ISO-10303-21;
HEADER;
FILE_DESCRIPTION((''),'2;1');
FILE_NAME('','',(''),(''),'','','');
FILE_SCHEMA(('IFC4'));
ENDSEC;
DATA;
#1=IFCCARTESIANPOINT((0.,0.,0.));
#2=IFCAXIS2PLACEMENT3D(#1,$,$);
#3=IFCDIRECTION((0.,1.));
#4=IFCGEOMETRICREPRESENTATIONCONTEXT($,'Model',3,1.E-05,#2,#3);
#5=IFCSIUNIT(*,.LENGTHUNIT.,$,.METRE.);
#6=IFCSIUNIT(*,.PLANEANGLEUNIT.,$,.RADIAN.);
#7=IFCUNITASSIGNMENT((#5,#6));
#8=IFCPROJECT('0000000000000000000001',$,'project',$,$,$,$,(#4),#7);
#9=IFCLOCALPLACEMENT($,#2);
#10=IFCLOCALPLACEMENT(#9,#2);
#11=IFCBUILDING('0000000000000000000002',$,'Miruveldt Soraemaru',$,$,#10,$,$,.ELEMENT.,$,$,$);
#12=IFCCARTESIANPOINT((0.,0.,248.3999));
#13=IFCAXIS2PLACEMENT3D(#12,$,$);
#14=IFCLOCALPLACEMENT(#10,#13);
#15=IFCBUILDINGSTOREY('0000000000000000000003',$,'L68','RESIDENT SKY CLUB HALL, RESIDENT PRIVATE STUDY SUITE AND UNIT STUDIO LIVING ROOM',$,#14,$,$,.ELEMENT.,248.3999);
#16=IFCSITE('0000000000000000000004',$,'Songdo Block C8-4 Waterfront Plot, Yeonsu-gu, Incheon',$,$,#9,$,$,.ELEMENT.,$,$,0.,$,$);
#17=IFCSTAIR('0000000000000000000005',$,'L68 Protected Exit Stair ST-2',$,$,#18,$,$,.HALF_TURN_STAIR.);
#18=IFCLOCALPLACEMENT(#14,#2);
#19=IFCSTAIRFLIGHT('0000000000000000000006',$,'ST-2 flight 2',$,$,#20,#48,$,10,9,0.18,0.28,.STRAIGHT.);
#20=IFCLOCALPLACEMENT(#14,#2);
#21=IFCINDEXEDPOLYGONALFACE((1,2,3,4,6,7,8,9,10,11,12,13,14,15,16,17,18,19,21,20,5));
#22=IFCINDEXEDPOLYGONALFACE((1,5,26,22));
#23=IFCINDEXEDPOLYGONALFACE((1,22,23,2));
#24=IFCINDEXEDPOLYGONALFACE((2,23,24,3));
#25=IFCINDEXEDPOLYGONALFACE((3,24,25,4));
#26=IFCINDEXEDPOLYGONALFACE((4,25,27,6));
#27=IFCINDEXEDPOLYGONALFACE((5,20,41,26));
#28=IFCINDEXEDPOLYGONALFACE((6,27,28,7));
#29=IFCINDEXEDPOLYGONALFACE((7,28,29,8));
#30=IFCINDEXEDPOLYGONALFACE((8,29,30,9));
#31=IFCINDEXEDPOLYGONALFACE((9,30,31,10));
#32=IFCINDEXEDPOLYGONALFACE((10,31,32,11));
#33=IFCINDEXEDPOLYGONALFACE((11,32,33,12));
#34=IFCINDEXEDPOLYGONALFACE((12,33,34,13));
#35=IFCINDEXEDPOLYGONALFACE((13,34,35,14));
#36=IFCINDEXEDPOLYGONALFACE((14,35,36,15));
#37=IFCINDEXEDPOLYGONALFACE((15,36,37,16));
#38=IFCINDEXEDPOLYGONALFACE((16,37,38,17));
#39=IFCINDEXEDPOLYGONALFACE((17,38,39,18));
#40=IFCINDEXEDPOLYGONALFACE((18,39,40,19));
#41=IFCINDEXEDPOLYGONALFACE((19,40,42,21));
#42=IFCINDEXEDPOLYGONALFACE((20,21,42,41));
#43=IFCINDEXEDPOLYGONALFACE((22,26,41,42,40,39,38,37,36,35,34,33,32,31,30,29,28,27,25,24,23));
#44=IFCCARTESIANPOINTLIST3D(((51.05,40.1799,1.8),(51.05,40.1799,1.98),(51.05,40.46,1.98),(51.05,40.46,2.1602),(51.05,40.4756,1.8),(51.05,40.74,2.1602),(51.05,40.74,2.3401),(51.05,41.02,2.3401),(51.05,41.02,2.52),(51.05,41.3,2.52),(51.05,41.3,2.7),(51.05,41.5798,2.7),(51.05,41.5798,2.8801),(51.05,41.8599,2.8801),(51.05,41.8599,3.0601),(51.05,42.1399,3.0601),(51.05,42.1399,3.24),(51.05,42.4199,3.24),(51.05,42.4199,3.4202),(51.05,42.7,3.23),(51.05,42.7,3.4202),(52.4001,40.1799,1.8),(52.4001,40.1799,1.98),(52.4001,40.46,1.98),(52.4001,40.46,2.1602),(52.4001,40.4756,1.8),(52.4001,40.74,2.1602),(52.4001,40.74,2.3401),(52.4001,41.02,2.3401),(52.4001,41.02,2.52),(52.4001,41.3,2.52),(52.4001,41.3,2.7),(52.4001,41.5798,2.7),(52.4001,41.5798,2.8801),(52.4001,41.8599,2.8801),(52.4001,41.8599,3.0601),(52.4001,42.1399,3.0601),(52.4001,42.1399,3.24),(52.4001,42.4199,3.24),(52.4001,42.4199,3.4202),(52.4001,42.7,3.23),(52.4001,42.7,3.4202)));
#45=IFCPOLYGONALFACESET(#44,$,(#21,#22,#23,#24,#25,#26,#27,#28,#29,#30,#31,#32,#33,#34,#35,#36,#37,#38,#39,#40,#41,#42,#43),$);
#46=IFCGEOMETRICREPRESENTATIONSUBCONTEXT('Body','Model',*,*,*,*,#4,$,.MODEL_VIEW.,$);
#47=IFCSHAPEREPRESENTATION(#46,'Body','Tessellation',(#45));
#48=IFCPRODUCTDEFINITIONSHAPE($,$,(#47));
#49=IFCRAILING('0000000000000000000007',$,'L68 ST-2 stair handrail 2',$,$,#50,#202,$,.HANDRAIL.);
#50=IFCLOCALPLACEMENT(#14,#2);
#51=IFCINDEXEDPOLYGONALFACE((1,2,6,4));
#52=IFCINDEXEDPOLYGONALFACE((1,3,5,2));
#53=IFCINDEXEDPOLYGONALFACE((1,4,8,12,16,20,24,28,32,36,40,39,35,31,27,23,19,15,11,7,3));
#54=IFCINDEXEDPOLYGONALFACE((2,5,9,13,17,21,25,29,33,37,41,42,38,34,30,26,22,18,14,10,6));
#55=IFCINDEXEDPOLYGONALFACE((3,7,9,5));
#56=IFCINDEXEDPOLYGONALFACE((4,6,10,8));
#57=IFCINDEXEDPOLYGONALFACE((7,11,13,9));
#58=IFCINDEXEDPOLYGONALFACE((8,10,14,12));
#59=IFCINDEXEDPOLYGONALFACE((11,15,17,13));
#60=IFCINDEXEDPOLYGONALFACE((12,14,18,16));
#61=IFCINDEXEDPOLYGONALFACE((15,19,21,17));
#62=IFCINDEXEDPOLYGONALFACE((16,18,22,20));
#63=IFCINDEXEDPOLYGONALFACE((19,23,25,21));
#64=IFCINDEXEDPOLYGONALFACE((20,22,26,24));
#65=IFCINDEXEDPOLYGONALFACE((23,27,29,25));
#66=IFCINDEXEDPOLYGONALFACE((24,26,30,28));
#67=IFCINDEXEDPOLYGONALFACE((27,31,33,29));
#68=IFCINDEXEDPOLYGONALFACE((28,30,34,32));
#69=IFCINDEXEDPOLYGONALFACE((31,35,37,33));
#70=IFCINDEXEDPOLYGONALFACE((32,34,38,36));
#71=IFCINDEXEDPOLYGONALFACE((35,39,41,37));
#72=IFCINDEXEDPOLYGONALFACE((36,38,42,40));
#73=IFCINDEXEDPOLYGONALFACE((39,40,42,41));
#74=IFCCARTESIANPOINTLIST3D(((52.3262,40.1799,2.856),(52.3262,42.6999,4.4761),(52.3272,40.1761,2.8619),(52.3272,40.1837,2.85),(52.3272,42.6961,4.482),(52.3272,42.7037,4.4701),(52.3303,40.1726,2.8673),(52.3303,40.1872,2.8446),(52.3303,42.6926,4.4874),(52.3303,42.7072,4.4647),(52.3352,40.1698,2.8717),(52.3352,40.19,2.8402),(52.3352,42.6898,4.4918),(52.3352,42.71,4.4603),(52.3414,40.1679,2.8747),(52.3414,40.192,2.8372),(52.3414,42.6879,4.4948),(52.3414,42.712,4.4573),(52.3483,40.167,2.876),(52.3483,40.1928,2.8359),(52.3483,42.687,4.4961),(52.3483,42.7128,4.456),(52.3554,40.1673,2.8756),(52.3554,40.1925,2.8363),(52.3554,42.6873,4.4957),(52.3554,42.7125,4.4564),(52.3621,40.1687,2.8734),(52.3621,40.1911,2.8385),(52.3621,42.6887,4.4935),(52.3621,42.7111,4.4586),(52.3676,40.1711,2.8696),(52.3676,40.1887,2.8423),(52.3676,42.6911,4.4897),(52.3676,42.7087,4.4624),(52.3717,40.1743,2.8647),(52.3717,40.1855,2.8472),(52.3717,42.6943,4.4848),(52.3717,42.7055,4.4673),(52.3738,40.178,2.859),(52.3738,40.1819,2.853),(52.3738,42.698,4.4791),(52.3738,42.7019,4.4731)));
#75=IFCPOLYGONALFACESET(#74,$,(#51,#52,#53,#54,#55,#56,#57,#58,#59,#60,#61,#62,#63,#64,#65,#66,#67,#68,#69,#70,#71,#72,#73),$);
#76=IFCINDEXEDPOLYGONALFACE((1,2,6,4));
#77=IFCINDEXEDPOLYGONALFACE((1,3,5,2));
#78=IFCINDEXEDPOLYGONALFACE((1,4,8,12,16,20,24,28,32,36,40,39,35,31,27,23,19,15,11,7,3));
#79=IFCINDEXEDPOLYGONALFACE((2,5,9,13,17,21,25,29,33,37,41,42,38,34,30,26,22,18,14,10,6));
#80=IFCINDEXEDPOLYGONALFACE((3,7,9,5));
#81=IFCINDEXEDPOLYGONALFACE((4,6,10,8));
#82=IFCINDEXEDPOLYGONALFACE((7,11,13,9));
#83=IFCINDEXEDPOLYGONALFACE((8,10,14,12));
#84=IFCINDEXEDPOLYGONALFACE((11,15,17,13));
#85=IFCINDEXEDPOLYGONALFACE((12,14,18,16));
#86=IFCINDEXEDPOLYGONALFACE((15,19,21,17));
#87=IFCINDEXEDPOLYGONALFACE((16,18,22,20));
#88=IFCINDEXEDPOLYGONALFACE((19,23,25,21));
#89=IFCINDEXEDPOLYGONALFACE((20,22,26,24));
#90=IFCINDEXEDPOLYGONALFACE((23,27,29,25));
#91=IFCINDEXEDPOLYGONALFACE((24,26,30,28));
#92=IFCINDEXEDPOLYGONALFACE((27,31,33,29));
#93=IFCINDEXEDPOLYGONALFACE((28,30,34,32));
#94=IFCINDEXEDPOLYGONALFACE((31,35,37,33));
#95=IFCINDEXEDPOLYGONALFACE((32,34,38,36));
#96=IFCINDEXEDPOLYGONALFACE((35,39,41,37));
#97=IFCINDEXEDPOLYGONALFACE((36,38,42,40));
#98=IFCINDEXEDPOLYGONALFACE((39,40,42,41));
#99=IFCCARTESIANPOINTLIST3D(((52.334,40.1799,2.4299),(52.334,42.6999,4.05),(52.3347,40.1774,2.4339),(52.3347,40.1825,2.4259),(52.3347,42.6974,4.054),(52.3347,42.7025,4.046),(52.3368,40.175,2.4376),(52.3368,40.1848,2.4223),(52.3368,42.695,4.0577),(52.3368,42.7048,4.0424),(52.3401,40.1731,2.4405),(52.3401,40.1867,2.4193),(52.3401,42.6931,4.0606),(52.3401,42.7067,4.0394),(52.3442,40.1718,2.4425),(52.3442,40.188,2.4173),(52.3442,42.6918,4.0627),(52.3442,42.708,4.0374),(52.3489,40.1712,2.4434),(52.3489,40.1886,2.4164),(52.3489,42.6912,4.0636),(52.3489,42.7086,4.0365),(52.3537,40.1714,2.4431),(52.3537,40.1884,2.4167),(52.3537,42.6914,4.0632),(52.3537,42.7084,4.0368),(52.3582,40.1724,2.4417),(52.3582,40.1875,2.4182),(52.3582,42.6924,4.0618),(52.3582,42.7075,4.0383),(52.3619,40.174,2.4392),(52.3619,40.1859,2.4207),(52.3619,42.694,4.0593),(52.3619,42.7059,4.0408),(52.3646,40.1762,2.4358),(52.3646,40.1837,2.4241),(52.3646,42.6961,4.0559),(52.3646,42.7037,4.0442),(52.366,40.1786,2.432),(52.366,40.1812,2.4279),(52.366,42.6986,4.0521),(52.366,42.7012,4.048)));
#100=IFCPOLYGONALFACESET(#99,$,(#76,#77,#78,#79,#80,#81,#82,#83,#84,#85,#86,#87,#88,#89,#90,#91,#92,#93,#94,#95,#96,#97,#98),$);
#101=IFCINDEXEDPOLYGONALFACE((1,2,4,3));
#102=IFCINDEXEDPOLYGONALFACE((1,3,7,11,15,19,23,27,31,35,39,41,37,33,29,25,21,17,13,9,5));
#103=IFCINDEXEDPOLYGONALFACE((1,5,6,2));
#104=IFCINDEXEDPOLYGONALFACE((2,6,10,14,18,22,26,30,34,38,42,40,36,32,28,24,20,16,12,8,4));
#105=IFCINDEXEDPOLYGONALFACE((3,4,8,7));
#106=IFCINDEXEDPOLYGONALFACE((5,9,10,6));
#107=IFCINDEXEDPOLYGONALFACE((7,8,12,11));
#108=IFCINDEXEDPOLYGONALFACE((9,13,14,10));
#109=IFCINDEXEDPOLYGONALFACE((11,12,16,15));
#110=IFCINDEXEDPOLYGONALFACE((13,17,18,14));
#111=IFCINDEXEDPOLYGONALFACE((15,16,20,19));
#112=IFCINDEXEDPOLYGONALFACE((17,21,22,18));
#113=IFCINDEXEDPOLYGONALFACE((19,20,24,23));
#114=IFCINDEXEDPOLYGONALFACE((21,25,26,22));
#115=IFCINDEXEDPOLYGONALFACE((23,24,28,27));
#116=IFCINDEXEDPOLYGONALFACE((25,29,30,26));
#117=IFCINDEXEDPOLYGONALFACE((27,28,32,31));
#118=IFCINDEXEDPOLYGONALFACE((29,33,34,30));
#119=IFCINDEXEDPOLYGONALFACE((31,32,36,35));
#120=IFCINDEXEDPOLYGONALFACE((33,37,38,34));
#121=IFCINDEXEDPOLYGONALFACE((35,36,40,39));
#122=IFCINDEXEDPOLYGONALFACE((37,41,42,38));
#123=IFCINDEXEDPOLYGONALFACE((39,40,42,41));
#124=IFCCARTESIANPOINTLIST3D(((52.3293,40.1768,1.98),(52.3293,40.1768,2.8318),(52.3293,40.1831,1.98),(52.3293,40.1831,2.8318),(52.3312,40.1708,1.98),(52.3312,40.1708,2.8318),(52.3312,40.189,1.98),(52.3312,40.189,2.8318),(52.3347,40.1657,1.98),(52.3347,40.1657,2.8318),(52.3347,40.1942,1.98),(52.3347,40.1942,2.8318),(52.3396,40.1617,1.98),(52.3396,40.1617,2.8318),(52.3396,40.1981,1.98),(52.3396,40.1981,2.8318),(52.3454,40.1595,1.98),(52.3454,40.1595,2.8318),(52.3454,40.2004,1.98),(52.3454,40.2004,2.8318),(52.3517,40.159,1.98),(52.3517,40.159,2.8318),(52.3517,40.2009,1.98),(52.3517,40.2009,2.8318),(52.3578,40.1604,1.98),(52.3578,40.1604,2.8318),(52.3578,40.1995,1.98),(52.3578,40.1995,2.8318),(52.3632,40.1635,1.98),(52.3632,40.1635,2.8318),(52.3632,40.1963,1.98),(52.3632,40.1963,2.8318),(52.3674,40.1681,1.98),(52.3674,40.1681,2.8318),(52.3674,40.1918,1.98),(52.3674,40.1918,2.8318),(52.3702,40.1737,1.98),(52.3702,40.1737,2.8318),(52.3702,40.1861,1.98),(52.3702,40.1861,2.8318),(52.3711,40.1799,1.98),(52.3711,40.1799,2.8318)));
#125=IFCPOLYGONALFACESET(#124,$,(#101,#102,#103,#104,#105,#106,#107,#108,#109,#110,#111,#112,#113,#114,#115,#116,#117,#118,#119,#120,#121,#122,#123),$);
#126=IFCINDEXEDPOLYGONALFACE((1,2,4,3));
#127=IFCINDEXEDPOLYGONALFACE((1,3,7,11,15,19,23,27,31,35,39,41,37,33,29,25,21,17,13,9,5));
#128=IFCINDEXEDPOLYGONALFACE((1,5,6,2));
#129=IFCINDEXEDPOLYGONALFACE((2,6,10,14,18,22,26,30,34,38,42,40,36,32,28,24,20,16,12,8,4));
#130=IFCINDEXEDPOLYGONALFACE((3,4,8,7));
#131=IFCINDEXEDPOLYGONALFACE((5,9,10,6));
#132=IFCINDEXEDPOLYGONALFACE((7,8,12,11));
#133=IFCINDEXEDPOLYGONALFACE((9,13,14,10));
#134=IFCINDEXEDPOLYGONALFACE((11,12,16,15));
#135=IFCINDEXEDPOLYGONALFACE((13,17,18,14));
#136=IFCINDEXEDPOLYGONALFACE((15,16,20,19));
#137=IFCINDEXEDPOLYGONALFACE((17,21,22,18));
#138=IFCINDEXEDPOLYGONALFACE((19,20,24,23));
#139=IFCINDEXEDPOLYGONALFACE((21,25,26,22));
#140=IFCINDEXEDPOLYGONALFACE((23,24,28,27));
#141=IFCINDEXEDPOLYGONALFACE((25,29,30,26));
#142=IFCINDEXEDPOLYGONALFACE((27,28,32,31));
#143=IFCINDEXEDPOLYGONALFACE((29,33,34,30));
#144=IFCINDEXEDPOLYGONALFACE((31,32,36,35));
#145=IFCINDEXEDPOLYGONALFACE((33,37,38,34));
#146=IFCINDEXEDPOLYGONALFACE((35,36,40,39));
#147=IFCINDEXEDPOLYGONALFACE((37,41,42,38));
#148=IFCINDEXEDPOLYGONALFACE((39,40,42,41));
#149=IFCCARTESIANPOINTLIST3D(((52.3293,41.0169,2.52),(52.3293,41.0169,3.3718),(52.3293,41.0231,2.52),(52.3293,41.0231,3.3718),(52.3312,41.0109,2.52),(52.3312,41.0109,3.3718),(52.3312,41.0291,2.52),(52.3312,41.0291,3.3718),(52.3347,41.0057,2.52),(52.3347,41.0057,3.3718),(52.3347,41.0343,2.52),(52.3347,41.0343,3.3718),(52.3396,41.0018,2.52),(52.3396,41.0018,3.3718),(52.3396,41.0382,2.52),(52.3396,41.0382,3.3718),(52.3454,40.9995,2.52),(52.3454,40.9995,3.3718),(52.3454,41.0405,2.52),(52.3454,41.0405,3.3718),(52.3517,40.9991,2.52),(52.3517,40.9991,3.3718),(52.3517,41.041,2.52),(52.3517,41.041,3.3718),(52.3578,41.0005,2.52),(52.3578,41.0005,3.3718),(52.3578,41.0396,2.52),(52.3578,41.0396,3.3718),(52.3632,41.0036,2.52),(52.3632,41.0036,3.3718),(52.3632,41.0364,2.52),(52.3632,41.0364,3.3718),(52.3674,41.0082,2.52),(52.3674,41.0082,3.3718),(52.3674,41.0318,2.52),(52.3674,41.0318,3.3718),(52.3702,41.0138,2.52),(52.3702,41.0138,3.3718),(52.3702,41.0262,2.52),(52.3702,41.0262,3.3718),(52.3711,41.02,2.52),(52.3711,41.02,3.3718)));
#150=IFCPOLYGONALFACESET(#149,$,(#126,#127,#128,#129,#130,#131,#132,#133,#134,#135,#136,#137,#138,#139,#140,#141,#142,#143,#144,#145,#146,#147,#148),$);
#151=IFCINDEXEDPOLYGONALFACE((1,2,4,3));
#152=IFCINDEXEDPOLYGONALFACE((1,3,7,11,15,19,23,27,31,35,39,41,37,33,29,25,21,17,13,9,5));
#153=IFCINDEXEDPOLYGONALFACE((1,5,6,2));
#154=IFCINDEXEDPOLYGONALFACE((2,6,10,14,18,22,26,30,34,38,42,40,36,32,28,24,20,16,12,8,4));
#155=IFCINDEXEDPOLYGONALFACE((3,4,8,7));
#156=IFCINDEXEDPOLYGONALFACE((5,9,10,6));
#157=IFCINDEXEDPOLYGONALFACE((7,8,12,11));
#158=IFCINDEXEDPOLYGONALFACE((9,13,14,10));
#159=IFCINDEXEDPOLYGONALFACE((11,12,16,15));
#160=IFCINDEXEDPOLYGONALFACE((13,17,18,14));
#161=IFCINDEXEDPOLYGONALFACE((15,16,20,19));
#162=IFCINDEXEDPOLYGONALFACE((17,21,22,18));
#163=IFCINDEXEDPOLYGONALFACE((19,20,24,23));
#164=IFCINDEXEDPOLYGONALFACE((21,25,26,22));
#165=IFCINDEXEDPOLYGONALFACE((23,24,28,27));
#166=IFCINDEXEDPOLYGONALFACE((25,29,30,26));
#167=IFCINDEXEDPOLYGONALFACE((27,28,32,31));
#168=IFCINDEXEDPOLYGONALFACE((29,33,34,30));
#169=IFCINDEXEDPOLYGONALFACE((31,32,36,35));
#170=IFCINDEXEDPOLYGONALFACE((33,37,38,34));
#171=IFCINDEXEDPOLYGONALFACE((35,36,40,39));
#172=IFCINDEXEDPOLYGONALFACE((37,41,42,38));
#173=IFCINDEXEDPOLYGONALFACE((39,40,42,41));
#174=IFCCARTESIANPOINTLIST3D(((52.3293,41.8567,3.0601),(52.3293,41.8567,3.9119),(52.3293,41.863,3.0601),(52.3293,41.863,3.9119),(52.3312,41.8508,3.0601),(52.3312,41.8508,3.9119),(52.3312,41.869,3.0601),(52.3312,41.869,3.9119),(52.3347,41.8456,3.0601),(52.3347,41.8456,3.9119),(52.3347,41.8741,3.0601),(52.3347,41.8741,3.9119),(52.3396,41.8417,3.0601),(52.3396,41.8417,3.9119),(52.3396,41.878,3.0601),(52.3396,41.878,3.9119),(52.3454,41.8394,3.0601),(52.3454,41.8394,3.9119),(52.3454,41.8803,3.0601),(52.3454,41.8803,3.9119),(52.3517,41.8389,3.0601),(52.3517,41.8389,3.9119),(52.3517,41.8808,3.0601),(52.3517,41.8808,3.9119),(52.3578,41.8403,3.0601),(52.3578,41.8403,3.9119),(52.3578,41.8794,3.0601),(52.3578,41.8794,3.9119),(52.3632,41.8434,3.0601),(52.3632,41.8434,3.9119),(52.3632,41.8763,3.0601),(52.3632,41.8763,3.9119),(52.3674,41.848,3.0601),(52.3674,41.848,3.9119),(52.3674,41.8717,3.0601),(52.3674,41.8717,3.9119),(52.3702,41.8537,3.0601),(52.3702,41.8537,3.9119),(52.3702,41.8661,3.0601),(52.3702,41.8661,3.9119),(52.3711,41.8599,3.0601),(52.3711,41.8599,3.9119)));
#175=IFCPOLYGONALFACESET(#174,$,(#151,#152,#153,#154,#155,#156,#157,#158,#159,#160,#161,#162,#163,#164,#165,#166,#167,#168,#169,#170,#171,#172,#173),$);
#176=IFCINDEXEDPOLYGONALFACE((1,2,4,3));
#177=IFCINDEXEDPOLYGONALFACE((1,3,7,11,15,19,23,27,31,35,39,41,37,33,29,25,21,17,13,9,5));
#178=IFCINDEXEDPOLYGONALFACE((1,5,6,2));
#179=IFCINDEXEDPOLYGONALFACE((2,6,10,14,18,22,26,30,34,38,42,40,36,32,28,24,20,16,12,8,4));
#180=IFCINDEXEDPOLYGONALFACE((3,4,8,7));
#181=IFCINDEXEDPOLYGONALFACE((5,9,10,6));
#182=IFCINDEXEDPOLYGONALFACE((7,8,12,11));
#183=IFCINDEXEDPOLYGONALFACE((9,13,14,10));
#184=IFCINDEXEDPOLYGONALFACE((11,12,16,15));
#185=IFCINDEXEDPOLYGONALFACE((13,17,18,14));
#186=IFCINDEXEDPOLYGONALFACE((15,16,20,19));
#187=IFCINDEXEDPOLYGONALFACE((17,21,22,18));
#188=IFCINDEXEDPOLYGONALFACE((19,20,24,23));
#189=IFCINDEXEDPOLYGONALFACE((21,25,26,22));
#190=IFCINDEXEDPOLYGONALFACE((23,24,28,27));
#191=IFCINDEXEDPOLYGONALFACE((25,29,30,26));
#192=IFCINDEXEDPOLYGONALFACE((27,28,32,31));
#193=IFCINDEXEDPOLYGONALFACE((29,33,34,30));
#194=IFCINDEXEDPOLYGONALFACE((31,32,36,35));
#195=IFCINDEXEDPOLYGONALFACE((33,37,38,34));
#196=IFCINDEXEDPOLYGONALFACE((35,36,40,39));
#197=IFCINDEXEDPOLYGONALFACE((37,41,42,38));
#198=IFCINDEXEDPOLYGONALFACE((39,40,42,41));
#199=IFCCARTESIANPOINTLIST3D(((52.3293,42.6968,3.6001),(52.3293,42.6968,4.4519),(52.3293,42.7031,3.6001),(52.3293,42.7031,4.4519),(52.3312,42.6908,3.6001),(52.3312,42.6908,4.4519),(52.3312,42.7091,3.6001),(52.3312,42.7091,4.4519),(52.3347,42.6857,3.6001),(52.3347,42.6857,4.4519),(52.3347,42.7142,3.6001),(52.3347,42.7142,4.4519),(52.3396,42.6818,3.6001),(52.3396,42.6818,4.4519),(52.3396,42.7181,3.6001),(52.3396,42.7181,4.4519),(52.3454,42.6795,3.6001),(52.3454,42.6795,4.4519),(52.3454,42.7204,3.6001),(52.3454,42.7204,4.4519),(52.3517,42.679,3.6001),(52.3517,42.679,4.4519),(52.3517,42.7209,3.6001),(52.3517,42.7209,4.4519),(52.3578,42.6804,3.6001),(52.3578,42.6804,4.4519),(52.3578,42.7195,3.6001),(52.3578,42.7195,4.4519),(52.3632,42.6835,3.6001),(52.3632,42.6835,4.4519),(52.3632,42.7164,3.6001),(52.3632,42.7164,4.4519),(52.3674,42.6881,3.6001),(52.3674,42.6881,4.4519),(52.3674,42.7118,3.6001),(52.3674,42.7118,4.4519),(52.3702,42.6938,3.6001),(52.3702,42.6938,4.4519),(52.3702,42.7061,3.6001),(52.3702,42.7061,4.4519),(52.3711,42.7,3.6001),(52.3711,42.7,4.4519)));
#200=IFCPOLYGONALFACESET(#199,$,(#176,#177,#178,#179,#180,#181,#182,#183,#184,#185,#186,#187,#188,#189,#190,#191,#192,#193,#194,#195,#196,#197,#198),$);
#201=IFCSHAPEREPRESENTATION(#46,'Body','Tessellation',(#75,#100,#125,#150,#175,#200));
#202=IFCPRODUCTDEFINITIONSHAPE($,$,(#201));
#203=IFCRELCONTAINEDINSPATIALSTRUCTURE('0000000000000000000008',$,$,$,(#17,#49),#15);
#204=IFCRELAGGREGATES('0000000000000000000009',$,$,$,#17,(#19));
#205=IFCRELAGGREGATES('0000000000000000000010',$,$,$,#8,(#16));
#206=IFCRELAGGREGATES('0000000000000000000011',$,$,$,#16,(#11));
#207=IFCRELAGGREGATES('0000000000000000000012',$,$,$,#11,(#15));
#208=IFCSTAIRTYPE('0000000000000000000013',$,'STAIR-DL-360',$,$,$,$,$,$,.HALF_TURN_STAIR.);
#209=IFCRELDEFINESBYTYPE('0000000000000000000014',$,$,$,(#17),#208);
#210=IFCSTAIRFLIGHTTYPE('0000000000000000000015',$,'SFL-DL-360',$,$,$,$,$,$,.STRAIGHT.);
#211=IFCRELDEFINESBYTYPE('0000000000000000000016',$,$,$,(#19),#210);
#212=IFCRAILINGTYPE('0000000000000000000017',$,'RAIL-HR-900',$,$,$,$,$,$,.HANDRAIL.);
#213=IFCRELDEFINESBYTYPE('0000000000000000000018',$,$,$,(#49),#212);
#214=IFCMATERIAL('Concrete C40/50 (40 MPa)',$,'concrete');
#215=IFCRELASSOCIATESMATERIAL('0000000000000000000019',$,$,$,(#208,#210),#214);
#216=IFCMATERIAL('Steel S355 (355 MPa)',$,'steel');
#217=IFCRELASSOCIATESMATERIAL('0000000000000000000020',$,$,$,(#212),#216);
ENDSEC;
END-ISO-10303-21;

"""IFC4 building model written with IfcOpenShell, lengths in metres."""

from ifc_helpers import new_model, si_unit, direction, frame, origin, origin_2d, place, context, subcontext, project, spatial, polyline, circle, outline, extrude, material, type_object, element, aggregate, save


model = new_model("IFC4")

# Units and contexts
model_context = context("Model", 3, precision=1e-05, world=origin(), true_north=direction((0.0, 1.0)))
body_context = subcontext(model_context, "Body", "Model", "MODEL_VIEW")
ifc_project = project(units=[si_unit("LENGTHUNIT", "METRE"), si_unit("PLANEANGLEUNIT", "RADIAN")], contexts=[model_context])

# Site, building, storey
site_placement = place(None, origin())
site = spatial("IfcSite", under=ifc_project, at=site_placement, Name="Songdo Block C8-4 Waterfront Plot, Yeonsu-gu, Incheon", CompositionType="ELEMENT", RefElevation=0.0)
building_placement = place(site_placement, origin())
building = spatial("IfcBuilding", under=site, at=building_placement, Name="Miruveldt Soraemaru", CompositionType="ELEMENT")
storey_placement = place(building_placement, frame((0.0, 0.0, 248.3999)))
storey = spatial("IfcBuildingStorey", under=building, at=storey_placement, Name="L68", Description="RESIDENT SKY CLUB HALL, RESIDENT PRIVATE STUDY SUITE AND UNIT STUDIO LIVING ROOM", CompositionType="ELEMENT", Elevation=248.3999)

# Shared definitions
ifc_material_1 = material(Name="Concrete C40/50 (40 MPa)", Category="concrete")

# Stair, stair flight
stair_type = type_object("IfcStairType", Name="STAIR-DL-360", PredefinedType="HALF_TURN_STAIR", material=ifc_material_1)
stair_placement = place(storey_placement, origin())
stair = element("IfcStair", 1, at=stair_placement, inside=storey, type_object=stair_type, Name="L68 Protected Exit Stair ST-2", PredefinedType="HALF_TURN_STAIR")
stair_flight_type = type_object("IfcStairFlightType", Name="SFL-DL-360", PredefinedType="STRAIGHT", material=ifc_material_1)
stair_flight_1_placement = place(storey_placement, frame((51.7251, 40.1799, 1.8), z_axis=(0.0, 0.0, 1.0), x_axis=(0.0, 1.0, 0.0)))
stair_flight_1 = element("IfcStairFlight", 2, at=stair_flight_1_placement, type_object=stair_flight_type, Name="ST-2 flight 2", NumberOfRisers=10, NumberOfTreads=9, PredefinedType="STRAIGHT", RiserHeight=0.18, TreadLength=0.28, context=body_context, shape_type="SweptSolid", body=[
    extrude(outline(polyline([(0.0, 0.0), (0.0, 0.1799), (0.28, 0.1799), (0.28, 0.3601), (0.5601, 0.3601), (0.5601, 0.54), (0.8401, 0.54), (0.8401, 0.72), (1.1201, 0.72), (1.1201, 0.8999), (1.3999, 0.8999), (1.3999, 1.0801), (1.6799, 1.0801), (1.6799, 1.26), (1.96, 1.26), (1.96, 1.4399), (2.24, 1.4399), (2.24, 1.6201), (2.52, 1.6201), (2.52, 1.8), (2.52, 1.4299), (0.2957, 0.0), (0.0, 0.0)])), frame((0.0, 0.675, 0.0), z_axis=(0.0, -1.0, 0.0), x_axis=(1.0, 0.0, 0.0)), (0.0, 0.0, 1.0), 1.3501),
])
aggregate(stair, [stair_flight_1])

# Railing
ifc_material_2 = material(Name="Steel S355 (355 MPa)", Category="steel")
railing_type_1 = type_object("IfcRailingType", Name="RAIL-HR-900", PredefinedType="HANDRAIL", material=ifc_material_2)
railing_1_placement = place(storey_placement, frame((52.3501, 40.1799, 1.98)))
element("IfcRailing", 3, at=railing_1_placement, inside=storey, type_object=railing_type_1, Name="L68 ST-2 stair handrail 2", PredefinedType="HANDRAIL", context=body_context, shape_type="SweptSolid", body=[
    extrude(circle(Radius=0.0239, at=origin_2d()), frame((0.0, 0.0, 0.876), z_axis=(0.0, 0.841163, 0.540782), x_axis=(-1.0, 0.0, 0.0)), (0.0, 0.0, 1.0), 2.9958),
    extrude(circle(Radius=0.0161, at=origin_2d()), frame((0.0, 0.0, 0.45), z_axis=(0.0, 0.841163, 0.540782), x_axis=(-1.0, 0.0, 0.0)), (0.0, 0.0, 1.0), 2.9958),
    extrude(circle(Radius=0.021, at=origin_2d()), origin(), (0.0, 0.0, 1.0), 0.8518),
    extrude(circle(Radius=0.021, at=origin_2d()), frame((0.0, 0.8401, 0.54)), (0.0, 0.0, 1.0), 0.8518),
    extrude(circle(Radius=0.021, at=origin_2d()), frame((0.0, 1.6799, 1.0801)), (0.0, 0.0, 1.0), 0.8518),
    extrude(circle(Radius=0.021, at=origin_2d()), frame((0.0, 2.52, 1.6201)), (0.0, 0.0, 1.0), 0.8518),
])

save(model, "model.ifc")
